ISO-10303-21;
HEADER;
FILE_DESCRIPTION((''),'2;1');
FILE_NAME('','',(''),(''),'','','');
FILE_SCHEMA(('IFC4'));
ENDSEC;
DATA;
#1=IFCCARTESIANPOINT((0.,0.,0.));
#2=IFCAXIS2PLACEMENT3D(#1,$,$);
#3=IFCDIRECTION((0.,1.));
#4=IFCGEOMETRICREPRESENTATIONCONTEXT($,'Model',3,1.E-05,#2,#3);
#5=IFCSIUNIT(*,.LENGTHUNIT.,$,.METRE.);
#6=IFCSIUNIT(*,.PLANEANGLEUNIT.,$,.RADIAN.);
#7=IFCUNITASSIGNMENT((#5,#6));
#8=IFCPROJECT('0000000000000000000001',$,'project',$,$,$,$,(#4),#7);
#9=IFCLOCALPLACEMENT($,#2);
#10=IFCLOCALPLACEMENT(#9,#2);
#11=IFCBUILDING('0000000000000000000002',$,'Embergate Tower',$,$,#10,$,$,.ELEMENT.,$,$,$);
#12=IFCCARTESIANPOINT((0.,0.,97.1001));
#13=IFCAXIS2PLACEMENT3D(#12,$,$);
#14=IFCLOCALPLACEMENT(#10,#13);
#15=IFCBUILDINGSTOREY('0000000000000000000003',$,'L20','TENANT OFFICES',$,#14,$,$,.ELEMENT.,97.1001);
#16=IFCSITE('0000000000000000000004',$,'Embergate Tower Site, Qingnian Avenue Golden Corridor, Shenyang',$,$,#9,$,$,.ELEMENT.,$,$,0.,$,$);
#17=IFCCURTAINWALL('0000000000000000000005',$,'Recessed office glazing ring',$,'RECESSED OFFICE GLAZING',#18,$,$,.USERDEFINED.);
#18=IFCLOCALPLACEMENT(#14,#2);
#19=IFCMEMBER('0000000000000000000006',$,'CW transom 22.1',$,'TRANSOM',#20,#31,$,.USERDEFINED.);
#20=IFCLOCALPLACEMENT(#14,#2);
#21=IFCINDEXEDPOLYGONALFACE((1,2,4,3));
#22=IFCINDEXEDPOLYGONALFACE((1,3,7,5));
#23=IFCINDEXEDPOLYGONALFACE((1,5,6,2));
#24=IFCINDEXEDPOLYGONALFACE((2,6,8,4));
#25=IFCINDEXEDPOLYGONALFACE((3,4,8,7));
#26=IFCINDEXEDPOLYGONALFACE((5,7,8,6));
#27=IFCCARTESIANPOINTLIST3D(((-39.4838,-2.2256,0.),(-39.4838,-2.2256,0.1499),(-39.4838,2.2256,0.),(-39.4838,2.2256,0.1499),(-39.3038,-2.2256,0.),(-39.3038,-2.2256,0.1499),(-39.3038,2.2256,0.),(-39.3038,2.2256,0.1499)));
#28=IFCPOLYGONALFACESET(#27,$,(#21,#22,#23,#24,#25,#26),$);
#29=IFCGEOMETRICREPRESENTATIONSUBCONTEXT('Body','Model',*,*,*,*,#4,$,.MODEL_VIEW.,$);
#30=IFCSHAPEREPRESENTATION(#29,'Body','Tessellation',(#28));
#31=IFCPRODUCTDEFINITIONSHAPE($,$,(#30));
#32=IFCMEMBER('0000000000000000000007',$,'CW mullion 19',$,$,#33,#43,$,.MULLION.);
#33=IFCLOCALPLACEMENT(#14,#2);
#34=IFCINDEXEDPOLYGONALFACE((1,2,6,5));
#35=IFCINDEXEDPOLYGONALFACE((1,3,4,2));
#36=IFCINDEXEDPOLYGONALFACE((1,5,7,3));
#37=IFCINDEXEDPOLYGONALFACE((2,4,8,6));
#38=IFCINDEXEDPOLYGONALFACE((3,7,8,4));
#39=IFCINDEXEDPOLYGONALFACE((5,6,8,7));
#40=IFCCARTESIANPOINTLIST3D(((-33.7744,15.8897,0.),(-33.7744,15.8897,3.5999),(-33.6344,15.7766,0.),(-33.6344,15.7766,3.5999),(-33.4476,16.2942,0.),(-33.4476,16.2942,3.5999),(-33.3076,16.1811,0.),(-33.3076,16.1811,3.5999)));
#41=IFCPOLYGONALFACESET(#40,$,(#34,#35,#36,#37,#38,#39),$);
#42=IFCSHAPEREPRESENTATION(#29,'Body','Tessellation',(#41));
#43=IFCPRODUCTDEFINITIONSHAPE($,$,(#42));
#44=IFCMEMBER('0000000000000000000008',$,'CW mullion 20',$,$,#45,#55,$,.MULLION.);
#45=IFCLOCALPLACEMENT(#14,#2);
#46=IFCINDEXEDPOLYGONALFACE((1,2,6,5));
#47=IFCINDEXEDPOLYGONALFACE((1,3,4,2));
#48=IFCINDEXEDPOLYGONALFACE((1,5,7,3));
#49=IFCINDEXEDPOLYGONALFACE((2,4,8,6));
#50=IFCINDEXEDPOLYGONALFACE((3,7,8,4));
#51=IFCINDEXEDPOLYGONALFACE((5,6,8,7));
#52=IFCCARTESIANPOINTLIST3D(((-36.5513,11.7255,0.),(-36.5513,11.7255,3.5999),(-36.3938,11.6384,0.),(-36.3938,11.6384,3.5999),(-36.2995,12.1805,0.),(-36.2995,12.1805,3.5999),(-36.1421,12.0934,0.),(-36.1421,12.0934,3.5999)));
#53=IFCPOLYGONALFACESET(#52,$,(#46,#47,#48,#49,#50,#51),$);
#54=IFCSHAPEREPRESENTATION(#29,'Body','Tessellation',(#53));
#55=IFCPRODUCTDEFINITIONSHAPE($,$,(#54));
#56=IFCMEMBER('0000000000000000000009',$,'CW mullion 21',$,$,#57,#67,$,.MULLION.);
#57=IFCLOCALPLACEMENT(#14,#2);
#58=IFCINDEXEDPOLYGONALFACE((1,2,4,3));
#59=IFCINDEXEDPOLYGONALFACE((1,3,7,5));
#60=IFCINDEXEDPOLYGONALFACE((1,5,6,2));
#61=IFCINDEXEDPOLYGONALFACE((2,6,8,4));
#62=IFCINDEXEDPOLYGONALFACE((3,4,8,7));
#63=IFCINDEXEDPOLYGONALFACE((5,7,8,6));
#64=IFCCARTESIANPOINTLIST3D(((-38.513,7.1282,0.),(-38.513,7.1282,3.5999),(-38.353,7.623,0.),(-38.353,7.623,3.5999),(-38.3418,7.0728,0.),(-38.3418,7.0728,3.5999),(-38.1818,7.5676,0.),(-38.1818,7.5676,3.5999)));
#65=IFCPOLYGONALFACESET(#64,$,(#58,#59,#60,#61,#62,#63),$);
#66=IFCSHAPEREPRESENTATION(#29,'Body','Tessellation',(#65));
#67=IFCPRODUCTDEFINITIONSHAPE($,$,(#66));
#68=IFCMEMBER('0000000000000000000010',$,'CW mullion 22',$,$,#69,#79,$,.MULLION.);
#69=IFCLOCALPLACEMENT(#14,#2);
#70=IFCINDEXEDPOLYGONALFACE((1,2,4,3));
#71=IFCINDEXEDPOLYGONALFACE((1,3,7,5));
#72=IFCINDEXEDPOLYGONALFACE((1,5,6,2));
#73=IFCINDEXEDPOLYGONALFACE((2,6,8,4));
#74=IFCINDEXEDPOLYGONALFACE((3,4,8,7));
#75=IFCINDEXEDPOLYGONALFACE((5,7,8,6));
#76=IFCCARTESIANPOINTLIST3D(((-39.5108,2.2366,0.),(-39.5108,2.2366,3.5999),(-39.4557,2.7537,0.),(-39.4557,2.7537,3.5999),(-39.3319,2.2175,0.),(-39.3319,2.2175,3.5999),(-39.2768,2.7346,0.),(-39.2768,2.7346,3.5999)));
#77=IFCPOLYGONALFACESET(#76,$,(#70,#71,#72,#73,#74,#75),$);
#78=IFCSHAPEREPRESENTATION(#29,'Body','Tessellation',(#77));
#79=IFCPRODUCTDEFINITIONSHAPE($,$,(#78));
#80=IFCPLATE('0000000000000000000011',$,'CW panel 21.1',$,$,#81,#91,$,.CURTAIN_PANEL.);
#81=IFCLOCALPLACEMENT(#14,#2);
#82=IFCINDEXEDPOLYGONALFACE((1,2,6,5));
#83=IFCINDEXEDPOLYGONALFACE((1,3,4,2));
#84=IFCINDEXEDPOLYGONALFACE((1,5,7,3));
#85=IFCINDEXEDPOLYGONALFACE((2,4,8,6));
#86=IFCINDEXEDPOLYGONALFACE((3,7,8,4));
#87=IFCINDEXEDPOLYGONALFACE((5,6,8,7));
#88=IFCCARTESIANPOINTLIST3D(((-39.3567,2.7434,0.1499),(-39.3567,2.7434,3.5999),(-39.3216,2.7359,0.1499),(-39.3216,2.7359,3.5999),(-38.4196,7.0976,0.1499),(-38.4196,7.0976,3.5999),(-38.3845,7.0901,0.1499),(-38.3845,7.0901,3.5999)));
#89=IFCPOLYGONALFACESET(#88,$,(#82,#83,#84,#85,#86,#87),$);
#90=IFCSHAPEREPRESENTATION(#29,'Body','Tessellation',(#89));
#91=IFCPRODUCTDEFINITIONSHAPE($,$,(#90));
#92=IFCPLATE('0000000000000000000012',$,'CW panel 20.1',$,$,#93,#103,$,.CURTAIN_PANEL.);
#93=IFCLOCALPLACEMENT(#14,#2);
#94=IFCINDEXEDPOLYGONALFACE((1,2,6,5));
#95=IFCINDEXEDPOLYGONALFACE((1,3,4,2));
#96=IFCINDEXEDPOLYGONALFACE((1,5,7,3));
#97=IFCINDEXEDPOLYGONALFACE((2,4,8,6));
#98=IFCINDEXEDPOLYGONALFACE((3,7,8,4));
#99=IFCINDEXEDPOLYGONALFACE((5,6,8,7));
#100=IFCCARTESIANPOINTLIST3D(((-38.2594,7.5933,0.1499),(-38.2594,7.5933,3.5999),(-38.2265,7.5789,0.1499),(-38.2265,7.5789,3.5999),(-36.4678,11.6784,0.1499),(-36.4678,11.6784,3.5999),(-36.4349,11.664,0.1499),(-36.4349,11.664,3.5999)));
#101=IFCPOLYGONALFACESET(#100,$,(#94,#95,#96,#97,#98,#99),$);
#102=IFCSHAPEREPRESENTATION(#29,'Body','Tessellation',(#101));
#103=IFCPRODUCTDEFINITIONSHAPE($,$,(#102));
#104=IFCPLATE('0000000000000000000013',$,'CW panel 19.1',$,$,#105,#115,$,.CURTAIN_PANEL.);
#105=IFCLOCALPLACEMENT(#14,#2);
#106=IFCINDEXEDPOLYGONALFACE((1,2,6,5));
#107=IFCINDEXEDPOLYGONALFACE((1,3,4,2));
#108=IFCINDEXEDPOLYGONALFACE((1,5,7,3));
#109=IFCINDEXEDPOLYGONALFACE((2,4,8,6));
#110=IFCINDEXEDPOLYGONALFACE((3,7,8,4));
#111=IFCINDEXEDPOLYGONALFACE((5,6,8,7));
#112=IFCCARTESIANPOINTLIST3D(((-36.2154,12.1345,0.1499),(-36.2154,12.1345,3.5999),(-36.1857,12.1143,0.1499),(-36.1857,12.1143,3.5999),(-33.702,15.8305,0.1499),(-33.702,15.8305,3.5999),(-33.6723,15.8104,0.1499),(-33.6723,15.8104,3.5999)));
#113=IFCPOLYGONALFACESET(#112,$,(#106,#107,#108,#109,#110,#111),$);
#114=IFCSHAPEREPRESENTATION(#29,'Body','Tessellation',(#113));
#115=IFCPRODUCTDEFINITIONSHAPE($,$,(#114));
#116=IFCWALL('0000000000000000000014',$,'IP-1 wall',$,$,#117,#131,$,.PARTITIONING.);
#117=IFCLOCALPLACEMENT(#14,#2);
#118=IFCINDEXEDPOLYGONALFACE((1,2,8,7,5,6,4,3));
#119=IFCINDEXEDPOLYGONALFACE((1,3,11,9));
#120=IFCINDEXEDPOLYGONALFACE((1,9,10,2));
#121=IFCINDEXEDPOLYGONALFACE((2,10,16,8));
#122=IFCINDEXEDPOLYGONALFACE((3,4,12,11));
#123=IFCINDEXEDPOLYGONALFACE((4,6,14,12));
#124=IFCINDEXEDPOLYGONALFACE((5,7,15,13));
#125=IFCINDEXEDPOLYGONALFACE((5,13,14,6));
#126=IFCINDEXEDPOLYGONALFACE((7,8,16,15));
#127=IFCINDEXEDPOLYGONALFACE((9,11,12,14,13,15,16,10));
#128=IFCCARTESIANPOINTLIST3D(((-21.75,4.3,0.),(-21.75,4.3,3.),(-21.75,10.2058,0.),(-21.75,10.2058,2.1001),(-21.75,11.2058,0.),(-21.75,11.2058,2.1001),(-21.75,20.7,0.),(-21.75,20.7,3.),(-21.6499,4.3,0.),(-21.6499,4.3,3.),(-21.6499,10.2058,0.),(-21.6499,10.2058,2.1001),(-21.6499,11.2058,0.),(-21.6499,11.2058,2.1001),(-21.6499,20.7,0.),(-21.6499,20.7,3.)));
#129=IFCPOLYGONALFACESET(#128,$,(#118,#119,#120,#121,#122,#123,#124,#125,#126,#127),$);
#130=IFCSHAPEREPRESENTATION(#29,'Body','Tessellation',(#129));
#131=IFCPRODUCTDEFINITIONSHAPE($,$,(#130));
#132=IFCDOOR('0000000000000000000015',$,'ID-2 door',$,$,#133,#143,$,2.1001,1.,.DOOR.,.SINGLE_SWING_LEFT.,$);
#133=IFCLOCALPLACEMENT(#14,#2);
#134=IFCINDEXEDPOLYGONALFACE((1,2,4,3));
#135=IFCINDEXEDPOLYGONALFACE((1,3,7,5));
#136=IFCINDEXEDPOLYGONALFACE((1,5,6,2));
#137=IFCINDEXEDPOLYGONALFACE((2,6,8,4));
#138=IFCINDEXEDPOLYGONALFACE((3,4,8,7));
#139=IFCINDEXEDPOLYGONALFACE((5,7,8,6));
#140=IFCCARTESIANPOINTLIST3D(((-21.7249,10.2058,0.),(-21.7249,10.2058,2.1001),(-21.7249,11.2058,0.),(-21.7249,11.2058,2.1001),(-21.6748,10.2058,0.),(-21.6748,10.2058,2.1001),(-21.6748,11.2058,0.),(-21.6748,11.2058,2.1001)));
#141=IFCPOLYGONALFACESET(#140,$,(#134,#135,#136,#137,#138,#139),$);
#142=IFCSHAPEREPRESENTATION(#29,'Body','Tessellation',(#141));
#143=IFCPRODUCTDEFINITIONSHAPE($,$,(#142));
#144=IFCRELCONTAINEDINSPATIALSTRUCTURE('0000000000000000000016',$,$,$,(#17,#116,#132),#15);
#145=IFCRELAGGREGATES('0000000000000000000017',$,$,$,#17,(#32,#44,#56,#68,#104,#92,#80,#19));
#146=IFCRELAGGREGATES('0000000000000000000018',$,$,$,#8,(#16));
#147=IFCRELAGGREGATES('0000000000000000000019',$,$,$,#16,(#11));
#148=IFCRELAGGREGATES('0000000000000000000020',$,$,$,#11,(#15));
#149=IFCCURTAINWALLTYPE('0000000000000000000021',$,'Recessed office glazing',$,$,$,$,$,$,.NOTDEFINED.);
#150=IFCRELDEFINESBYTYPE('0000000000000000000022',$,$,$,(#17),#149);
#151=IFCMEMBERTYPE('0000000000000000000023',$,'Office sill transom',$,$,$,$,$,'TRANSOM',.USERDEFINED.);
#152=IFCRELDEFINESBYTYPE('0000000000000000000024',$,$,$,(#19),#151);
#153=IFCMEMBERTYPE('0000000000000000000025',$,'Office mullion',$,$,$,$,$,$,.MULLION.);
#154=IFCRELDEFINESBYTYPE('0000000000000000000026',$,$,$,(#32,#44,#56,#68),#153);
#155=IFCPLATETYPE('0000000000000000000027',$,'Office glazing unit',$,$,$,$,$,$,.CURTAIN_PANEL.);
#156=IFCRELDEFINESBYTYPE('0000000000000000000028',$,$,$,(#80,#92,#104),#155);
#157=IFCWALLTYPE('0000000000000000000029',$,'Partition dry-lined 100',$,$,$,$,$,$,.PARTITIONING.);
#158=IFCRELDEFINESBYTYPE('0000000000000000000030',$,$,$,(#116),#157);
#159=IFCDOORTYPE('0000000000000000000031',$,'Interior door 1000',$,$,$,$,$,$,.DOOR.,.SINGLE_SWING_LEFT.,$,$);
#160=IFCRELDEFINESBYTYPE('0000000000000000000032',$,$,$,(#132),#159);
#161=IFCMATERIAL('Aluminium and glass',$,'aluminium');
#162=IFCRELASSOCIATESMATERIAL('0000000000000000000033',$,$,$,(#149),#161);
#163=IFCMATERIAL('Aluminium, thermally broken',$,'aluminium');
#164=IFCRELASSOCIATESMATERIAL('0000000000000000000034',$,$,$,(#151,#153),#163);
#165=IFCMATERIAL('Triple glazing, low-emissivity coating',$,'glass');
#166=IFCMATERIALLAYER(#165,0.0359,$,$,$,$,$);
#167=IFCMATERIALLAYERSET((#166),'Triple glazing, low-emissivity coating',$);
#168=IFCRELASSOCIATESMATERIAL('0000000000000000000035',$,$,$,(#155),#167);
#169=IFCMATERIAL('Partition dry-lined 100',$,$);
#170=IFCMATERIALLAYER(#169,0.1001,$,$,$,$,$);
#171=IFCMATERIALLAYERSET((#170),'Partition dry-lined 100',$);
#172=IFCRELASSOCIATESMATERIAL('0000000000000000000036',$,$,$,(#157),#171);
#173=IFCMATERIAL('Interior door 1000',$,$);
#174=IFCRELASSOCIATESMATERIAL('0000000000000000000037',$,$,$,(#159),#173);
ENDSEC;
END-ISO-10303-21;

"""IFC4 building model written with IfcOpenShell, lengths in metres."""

from ifc_helpers import new_model, si_unit, direction, frame, frame_2d, origin, origin_2d, place, context, subcontext, project, spatial, rectangle, extrude, source, transform, mapped, material, layer, layer_set, material_profile, profile_set, type_object, element, fill, aggregate, save


model = new_model("IFC4")

# Units and contexts
model_context = context("Model", 3, precision=1e-05, world=origin(), true_north=direction((0.0, 1.0)))
body_context = subcontext(model_context, "Body", "Model", "MODEL_VIEW")
ifc_project = project(units=[si_unit("LENGTHUNIT", "METRE"), si_unit("PLANEANGLEUNIT", "RADIAN")], contexts=[model_context])

# Site, building, storey
site_placement = place(None, origin())
site = spatial("IfcSite", under=ifc_project, at=site_placement, Name="Embergate Tower Site, Qingnian Avenue Golden Corridor, Shenyang", CompositionType="ELEMENT", RefElevation=0.0)
building_placement = place(site_placement, origin())
building = spatial("IfcBuilding", under=site, at=building_placement, Name="Embergate Tower", CompositionType="ELEMENT")
storey_placement = place(building_placement, frame((0.0, 0.0, 97.1001)))
storey = spatial("IfcBuildingStorey", under=building, at=storey_placement, Name="L20", Description="TENANT OFFICES", CompositionType="ELEMENT", Elevation=97.1001)

# Curtain wall, members, plates
ifc_material_1 = material(Name="Aluminium and glass", Category="aluminium")
curtain_wall_type = type_object("IfcCurtainWallType", Name="Recessed office glazing", PredefinedType="NOTDEFINED", material=ifc_material_1)
curtain_wall_placement = place(storey_placement, origin())
curtain_wall = element("IfcCurtainWall", 1, at=curtain_wall_placement, inside=storey, type_object=curtain_wall_type, Name="Recessed office glazing ring", ObjectType="RECESSED OFFICE GLAZING", PredefinedType="USERDEFINED")
ifc_material_2 = material(Name="Aluminium, thermally broken", Category="aluminium")
ifc_material_profile_1 = material_profile(ifc_material_2, rectangle(XDim=0.1799, YDim=0.1499, at=origin_2d()), Name="AL 150x180")
ifc_profile_set_1 = profile_set([ifc_material_profile_1], Name="Aluminium, thermally broken")
member_type_1 = type_object("IfcMemberType", Name="Office sill transom", ElementType="TRANSOM", PredefinedType="USERDEFINED", material=ifc_profile_set_1)
shared_shape_1 = source(origin(), body_context, "Body", "SweptSolid", [
    extrude(rectangle(XDim=0.1799, YDim=0.1499, at=origin_2d()), origin(), (0.0, 0.0, 1.0), 4.4512),
])
member_1_placement = place(storey_placement, frame((-39.3938, 2.2256, 0.075), z_axis=(0.0, -1.0, 0.0), x_axis=(1.0, 0.0, 0.0)))
member_1 = element("IfcMember", 2, at=member_1_placement, type_object=member_type_1, Name="CW transom 22.1", ObjectType="TRANSOM", PredefinedType="USERDEFINED", context=body_context, shape_type="MappedRepresentation", body=[
    mapped(shared_shape_1, transform((0.0, 0.0, 0.0))),
])
ifc_material_profile_2 = material_profile(ifc_material_2, rectangle(XDim=0.1799, YDim=0.52, at=origin_2d()), Name="AL 520x180")
ifc_profile_set_2 = profile_set([ifc_material_profile_2], Name="Aluminium, thermally broken")
member_type_2 = type_object("IfcMemberType", Name="Office mullion", PredefinedType="MULLION", material=ifc_profile_set_2)
shared_shape_2 = source(origin(), body_context, "Body", "SweptSolid", [
    extrude(rectangle(XDim=0.1799, YDim=0.52, at=origin_2d()), origin(), (0.0, 0.0, 1.0), 3.5999),
])
member_2_placement = place(storey_placement, frame((-33.541, 16.0354, 0.0), z_axis=(0.0, 0.0, 1.0), x_axis=(0.777884, -0.628408, 0.0)))
member_2 = element("IfcMember", 3, at=member_2_placement, type_object=member_type_2, Name="CW mullion 19", PredefinedType="MULLION", context=body_context, shape_type="MappedRepresentation", body=[
    mapped(shared_shape_2, transform((0.0, 0.0, 0.0))),
])
member_3_placement = place(storey_placement, frame((-36.3467, 11.9094, 0.0), z_axis=(0.0, 0.0, 1.0), x_axis=(0.87501, -0.484104, 0.0)))
member_3 = element("IfcMember", 4, at=member_3_placement, type_object=member_type_2, Name="CW mullion 20", PredefinedType="MULLION", context=body_context, shape_type="MappedRepresentation", body=[
    mapped(shared_shape_2, transform((0.0, 0.0, 0.0))),
])
member_4_placement = place(storey_placement, frame((-38.3474, 7.3479, 0.0), z_axis=(0.0, 0.0, 1.0), x_axis=(0.951502, -0.307642, 0.0)))
member_4 = element("IfcMember", 5, at=member_4_placement, type_object=member_type_2, Name="CW mullion 21", PredefinedType="MULLION", context=body_context, shape_type="MappedRepresentation", body=[
    mapped(shared_shape_2, transform((0.0, 0.0, 0.0))),
])
member_5_placement = place(storey_placement, frame((-39.3938, 2.4856, 0.0), z_axis=(0.0, 0.0, 1.0), x_axis=(0.994386, -0.105818, 0.0)))
member_5 = element("IfcMember", 6, at=member_5_placement, type_object=member_type_2, Name="CW mullion 22", PredefinedType="MULLION", context=body_context, shape_type="MappedRepresentation", body=[
    mapped(shared_shape_2, transform((0.0, 0.0, 0.0))),
])
ifc_material_3 = material(Name="Triple glazing, low-emissivity coating", Category="glass")
ifc_layer_1 = layer(ifc_material_3, 0.0359)
ifc_layer_set_1 = layer_set([ifc_layer_1], Name="Triple glazing, low-emissivity coating")
plate_type = type_object("IfcPlateType", Name="Office glazing unit", PredefinedType="CURTAIN_PANEL", material=ifc_layer_set_1)
shared_shape_3 = source(origin(), body_context, "Body", "SweptSolid", [
    extrude(rectangle(XDim=4.4539, YDim=0.0359, at=origin_2d()), origin(), (0.0, 0.0, 1.0), 3.45),
])
plate_1_placement = place(storey_placement, frame((-38.8706, 4.9167, 0.1499), z_axis=(0.0, 0.0, 1.0), x_axis=(-0.210392, -0.977617, 0.0)))
plate_1 = element("IfcPlate", 7, at=plate_1_placement, type_object=plate_type, Name="CW panel 21.1", PredefinedType="CURTAIN_PANEL", context=body_context, shape_type="MappedRepresentation", body=[
    mapped(shared_shape_3, transform((0.0, 0.0, 0.0))),
])
shared_shape_4 = source(origin(), body_context, "Body", "SweptSolid", [
    extrude(rectangle(XDim=4.4607, YDim=0.0359, at=origin_2d()), origin(), (0.0, 0.0, 1.0), 3.45),
])
plate_2_placement = place(storey_placement, frame((-37.3472, 9.6287, 0.1499), z_axis=(0.0, 0.0, 1.0), x_axis=(-0.401644, -0.915796, 0.0)))
plate_2 = element("IfcPlate", 8, at=plate_2_placement, type_object=plate_type, Name="CW panel 20.1", PredefinedType="CURTAIN_PANEL", context=body_context, shape_type="MappedRepresentation", body=[
    mapped(shared_shape_4, transform((0.0, 0.0, 0.0))),
])
shared_shape_5 = source(origin(), body_context, "Body", "SweptSolid", [
    extrude(rectangle(XDim=4.4697, YDim=0.0359, at=origin_2d()), origin(), (0.0, 0.0, 1.0), 3.45),
])
plate_3_placement = place(storey_placement, frame((-34.9438, 13.9724, 0.1499), z_axis=(0.0, 0.0, 1.0), x_axis=(-0.562332, -0.826912, 0.0)))
plate_3 = element("IfcPlate", 9, at=plate_3_placement, type_object=plate_type, Name="CW panel 19.1", PredefinedType="CURTAIN_PANEL", context=body_context, shape_type="MappedRepresentation", body=[
    mapped(shared_shape_5, transform((0.0, 0.0, 0.0))),
])
aggregate(curtain_wall, [member_2, member_3, member_4, member_5, plate_3, plate_2, plate_1, member_1])

# Wall, opening, door
ifc_material_4 = material(Name="Partition dry-lined 100")
ifc_layer_2 = layer(ifc_material_4, 0.1001)
ifc_layer_set_2 = layer_set([ifc_layer_2], Name="Partition dry-lined 100")
wall_type = type_object("IfcWallType", Name="Partition dry-lined 100", PredefinedType="PARTITIONING", material=ifc_layer_set_2)
shared_shape_6 = source(origin(), body_context, "Body", "SweptSolid", [
    extrude(rectangle(XDim=16.3999, YDim=0.1001, at=frame_2d((8.2, 0.0))), origin(), (0.0, 0.0, 1.0), 3.0),
])
wall_placement = place(storey_placement, frame((-21.7, 4.3, 0.0), z_axis=(0.0, 0.0, 1.0), x_axis=(0.0, 1.0, 0.0)))
wall = element("IfcWall", 10, at=wall_placement, inside=storey, type_object=wall_type, Name="IP-1 wall", PredefinedType="PARTITIONING", context=body_context, shape_type="MappedRepresentation", body=[
    mapped(shared_shape_6, transform((0.0, 0.0, 0.0))),
])
shared_shape_7 = source(origin(), body_context, "Body", "SweptSolid", [
    extrude(rectangle(XDim=1.0, YDim=2.1001, at=frame_2d((0.5, 1.05))), frame((0.0, 0.0601, 0.0), z_axis=(0.0, -1.0, 0.0), x_axis=(1.0, 0.0, 0.0)), (0.0, 0.0, 1.0), 0.1201),
])
opening_placement = place(wall_placement, frame((5.9058, 0.0, 0.0)))
opening = element("IfcOpeningElement", 11, at=opening_placement, cuts=wall, PredefinedType="OPENING", context=body_context, shape_type="MappedRepresentation", body=[
    mapped(shared_shape_7, transform((0.0, 0.0, 0.0))),
])
ifc_material_5 = material(Name="Interior door 1000")
door_type = type_object("IfcDoorType", Name="Interior door 1000", OperationType="SINGLE_SWING_LEFT", PredefinedType="DOOR", material=ifc_material_5)
shared_shape_8 = source(origin(), body_context, "Body", "SweptSolid", [
    extrude(rectangle(XDim=1.0, YDim=2.1001, at=frame_2d((0.5, 1.05))), frame((0.0, 0.0249, 0.0), z_axis=(0.0, -1.0, 0.0), x_axis=(1.0, 0.0, 0.0)), (0.0, 0.0, 1.0), 0.05),
])
door_placement = place(opening_placement, origin())
door = element("IfcDoor", 12, at=door_placement, inside=storey, type_object=door_type, Name="ID-2 door", OperationType="SINGLE_SWING_LEFT", OverallHeight=2.1001, OverallWidth=1.0, PredefinedType="DOOR", context=body_context, shape_type="MappedRepresentation", body=[
    mapped(shared_shape_8, transform((0.0, 0.0, 0.0))),
])
fill(opening, door)

save(model, "model.ifc")
